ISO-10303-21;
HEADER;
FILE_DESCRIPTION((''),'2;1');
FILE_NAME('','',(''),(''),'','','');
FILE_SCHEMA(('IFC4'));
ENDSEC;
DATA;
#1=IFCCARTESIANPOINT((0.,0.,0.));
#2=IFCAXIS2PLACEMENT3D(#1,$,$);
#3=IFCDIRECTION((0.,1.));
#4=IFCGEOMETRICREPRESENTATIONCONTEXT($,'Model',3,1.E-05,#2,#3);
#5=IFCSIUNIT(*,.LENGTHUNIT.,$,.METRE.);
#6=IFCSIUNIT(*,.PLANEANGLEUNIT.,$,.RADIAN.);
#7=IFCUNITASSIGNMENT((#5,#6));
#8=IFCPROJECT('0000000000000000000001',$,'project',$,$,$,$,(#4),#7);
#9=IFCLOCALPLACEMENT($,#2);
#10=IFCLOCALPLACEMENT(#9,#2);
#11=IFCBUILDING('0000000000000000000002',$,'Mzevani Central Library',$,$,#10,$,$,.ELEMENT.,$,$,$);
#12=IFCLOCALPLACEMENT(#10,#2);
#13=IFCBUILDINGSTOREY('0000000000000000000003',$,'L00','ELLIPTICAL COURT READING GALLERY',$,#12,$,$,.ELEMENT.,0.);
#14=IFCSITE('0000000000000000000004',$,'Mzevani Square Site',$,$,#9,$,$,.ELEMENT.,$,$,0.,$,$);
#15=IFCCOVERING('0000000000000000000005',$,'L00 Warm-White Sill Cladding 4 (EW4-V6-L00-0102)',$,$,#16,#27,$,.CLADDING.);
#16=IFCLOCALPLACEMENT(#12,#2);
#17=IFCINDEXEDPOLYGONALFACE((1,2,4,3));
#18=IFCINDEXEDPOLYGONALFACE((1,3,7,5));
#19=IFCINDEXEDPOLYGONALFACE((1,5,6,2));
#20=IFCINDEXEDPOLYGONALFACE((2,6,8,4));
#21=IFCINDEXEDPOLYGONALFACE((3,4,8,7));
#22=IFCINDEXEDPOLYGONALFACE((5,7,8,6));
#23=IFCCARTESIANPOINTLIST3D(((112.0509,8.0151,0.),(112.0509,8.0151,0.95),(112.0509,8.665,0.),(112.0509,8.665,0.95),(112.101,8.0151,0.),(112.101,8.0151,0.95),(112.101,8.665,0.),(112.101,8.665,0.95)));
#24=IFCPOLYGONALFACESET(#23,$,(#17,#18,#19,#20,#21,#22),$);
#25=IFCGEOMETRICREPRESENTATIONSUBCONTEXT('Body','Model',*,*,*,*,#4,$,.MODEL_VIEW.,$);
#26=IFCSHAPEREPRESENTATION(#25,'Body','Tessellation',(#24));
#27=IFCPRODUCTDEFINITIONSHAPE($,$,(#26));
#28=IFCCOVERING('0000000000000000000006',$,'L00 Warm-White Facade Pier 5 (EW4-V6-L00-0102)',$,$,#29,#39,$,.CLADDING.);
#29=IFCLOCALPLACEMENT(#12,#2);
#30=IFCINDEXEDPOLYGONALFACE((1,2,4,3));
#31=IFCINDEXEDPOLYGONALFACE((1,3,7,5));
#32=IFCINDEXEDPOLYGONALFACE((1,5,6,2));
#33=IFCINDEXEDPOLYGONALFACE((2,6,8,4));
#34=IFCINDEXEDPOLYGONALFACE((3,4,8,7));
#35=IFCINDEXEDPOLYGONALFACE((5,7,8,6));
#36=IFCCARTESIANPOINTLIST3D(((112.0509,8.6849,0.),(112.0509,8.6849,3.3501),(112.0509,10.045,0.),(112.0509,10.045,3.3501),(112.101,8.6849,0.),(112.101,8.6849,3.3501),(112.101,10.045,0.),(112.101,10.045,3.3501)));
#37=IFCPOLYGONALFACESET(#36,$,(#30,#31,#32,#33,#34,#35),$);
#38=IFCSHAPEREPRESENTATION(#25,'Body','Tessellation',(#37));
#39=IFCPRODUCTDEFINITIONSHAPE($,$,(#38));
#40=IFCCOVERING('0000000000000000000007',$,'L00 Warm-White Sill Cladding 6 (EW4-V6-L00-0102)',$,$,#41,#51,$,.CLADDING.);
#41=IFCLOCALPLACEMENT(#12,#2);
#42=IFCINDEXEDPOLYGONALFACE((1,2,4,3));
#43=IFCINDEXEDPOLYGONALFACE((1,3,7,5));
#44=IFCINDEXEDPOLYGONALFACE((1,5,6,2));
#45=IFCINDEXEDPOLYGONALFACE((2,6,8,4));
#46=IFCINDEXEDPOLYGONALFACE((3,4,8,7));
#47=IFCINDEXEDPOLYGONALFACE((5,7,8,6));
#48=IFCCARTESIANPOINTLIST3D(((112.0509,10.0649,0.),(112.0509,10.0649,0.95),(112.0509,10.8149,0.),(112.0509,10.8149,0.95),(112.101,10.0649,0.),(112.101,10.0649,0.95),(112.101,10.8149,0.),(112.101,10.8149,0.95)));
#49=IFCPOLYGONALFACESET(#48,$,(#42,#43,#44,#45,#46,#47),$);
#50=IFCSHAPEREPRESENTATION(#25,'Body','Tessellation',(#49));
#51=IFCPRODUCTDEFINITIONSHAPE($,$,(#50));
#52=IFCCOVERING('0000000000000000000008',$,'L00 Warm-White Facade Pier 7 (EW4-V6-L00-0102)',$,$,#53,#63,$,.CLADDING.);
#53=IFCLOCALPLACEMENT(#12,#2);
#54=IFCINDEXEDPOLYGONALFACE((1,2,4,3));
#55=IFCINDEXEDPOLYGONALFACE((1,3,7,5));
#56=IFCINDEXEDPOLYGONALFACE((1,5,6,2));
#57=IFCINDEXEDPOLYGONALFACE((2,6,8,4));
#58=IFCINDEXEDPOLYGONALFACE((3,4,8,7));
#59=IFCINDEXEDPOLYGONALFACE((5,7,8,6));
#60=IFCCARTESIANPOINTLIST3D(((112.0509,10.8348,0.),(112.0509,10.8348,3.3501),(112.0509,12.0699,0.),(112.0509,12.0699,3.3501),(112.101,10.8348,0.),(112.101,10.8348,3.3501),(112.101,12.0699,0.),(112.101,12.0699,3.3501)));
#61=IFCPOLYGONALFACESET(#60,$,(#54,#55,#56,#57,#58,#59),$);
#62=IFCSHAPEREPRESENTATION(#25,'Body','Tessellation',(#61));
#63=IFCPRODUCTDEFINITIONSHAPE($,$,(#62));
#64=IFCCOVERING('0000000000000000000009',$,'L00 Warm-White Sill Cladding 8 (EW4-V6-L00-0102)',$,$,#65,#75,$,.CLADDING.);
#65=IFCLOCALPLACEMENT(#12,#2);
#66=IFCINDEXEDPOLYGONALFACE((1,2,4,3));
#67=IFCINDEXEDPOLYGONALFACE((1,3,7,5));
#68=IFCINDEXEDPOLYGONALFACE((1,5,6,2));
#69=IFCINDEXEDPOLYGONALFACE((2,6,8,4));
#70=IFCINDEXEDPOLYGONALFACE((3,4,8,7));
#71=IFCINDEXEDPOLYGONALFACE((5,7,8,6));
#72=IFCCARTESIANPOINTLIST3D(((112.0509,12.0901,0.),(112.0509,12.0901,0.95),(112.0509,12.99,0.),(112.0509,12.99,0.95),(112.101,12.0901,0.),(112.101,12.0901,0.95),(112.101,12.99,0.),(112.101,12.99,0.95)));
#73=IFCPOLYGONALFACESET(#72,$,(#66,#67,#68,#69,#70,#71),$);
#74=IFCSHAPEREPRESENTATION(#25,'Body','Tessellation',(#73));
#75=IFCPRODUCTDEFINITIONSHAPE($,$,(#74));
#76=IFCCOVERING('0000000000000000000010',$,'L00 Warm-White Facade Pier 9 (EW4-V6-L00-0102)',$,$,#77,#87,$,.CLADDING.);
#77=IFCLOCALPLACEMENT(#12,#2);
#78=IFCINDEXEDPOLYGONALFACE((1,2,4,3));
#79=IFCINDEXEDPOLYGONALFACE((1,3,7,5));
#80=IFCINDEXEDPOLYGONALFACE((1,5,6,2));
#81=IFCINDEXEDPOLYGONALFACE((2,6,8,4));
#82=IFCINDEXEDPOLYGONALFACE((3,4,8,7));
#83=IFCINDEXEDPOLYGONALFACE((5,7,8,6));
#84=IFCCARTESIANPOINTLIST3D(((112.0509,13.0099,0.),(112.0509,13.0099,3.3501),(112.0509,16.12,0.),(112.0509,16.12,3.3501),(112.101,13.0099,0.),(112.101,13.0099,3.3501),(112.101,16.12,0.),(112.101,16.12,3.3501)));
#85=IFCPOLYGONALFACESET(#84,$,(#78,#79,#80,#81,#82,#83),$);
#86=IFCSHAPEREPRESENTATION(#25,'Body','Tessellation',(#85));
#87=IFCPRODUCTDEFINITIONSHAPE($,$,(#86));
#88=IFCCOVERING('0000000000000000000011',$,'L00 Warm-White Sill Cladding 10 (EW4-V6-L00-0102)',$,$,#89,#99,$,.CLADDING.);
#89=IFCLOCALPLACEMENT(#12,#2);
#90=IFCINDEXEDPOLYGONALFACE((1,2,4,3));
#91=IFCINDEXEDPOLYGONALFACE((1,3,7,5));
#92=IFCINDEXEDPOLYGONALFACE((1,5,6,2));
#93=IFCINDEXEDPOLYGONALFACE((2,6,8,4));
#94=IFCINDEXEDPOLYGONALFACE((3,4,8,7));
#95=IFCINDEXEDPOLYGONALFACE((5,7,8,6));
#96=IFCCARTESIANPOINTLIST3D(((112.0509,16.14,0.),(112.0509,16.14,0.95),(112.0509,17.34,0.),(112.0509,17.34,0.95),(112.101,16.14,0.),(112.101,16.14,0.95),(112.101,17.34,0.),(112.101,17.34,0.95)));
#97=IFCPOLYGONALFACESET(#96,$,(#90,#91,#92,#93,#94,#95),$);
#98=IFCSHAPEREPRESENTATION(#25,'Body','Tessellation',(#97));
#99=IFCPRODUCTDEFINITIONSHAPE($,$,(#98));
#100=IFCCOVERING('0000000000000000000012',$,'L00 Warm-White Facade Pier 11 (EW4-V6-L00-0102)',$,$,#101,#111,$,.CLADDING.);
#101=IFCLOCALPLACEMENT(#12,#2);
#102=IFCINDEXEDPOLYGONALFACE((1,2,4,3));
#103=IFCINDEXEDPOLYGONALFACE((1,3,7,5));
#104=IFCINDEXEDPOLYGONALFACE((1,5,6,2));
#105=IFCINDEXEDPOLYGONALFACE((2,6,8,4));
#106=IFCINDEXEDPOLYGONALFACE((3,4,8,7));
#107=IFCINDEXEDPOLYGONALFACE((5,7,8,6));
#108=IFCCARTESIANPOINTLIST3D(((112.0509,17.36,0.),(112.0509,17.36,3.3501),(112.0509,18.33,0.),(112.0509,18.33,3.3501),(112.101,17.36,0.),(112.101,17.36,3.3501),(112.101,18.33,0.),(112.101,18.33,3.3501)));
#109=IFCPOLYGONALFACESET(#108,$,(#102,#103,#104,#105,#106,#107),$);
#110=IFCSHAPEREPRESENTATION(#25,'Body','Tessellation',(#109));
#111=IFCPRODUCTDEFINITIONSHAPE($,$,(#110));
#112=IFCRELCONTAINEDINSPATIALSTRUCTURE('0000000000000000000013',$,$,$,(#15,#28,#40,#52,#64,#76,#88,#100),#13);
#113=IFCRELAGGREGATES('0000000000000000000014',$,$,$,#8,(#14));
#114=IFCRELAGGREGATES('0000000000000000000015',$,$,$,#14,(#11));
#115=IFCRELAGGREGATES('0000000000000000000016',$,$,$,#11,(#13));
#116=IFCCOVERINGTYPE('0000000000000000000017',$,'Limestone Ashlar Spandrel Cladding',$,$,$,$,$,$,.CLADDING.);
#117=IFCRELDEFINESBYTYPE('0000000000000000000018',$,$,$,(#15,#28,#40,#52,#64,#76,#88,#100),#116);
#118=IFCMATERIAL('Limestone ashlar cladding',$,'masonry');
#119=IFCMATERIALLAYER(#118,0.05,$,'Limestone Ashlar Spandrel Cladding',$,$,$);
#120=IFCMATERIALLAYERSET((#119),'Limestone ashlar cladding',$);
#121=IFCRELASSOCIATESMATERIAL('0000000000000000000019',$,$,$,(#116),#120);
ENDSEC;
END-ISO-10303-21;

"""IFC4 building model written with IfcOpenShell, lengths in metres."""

from ifc_helpers import new_model, si_unit, direction, frame, origin, origin_2d, place, context, subcontext, project, spatial, rectangle, extrude, material, layer, layer_set, type_object, element, save


model = new_model("IFC4")

# Units and contexts
model_context = context("Model", 3, precision=1e-05, world=origin(), true_north=direction((0.0, 1.0)))
body_context = subcontext(model_context, "Body", "Model", "MODEL_VIEW")
ifc_project = project(units=[si_unit("LENGTHUNIT", "METRE"), si_unit("PLANEANGLEUNIT", "RADIAN")], contexts=[model_context])

# Site, building, storey
site_placement = place(None, origin())
site = spatial("IfcSite", under=ifc_project, at=site_placement, Name="Mzevani Square Site", CompositionType="ELEMENT", RefElevation=0.0)
building_placement = place(site_placement, origin())
building = spatial("IfcBuilding", under=site, at=building_placement, Name="Mzevani Central Library", CompositionType="ELEMENT")
storey_placement = place(building_placement, origin())
storey = spatial("IfcBuildingStorey", under=building, at=storey_placement, Name="L00", Description="ELLIPTICAL COURT READING GALLERY", CompositionType="ELEMENT", Elevation=0.0)

# Coverings
ifc_material = material(Name="Limestone ashlar cladding", Category="masonry")
ifc_layer = layer(ifc_material, 0.05, Name="Limestone Ashlar Spandrel Cladding")
ifc_layer_set = layer_set([ifc_layer], Name="Limestone ashlar cladding")
covering_type = type_object("IfcCoveringType", Name="Limestone Ashlar Spandrel Cladding", PredefinedType="CLADDING", material=ifc_layer_set)
covering_1_placement = place(storey_placement, frame((112.0759, 8.3401, 0.0), z_axis=(0.0, 0.0, 1.0), x_axis=(0.0, 1.0, 0.0)))
element("IfcCovering", 1, at=covering_1_placement, inside=storey, type_object=covering_type, Name="L00 Warm-White Sill Cladding 4 (EW4-V6-L00-0102)", PredefinedType="CLADDING", context=body_context, shape_type="SweptSolid", body=[
    extrude(rectangle(XDim=0.6499, YDim=0.05, at=origin_2d()), origin(), (0.0, 0.0, 1.0), 0.95),
])
covering_2_placement = place(storey_placement, frame((112.0759, 9.365, 0.0), z_axis=(0.0, 0.0, 1.0), x_axis=(0.0, 1.0, 0.0)))
element("IfcCovering", 2, at=covering_2_placement, inside=storey, type_object=covering_type, Name="L00 Warm-White Facade Pier 5 (EW4-V6-L00-0102)", PredefinedType="CLADDING", context=body_context, shape_type="SweptSolid", body=[
    extrude(rectangle(XDim=1.3601, YDim=0.05, at=origin_2d()), origin(), (0.0, 0.0, 1.0), 3.3501),
])
covering_3_placement = place(storey_placement, frame((112.0759, 10.4399, 0.0), z_axis=(0.0, 0.0, 1.0), x_axis=(0.0, 1.0, 0.0)))
element("IfcCovering", 3, at=covering_3_placement, inside=storey, type_object=covering_type, Name="L00 Warm-White Sill Cladding 6 (EW4-V6-L00-0102)", PredefinedType="CLADDING", context=body_context, shape_type="SweptSolid", body=[
    extrude(rectangle(XDim=0.75, YDim=0.05, at=origin_2d()), origin(), (0.0, 0.0, 1.0), 0.95),
])
covering_4_placement = place(storey_placement, frame((112.0759, 11.4524, 0.0), z_axis=(0.0, 0.0, 1.0), x_axis=(0.0, 1.0, 0.0)))
element("IfcCovering", 4, at=covering_4_placement, inside=storey, type_object=covering_type, Name="L00 Warm-White Facade Pier 7 (EW4-V6-L00-0102)", PredefinedType="CLADDING", context=body_context, shape_type="SweptSolid", body=[
    extrude(rectangle(XDim=1.2351, YDim=0.05, at=origin_2d()), origin(), (0.0, 0.0, 1.0), 3.3501),
])
covering_5_placement = place(storey_placement, frame((112.0759, 12.54, 0.0), z_axis=(0.0, 0.0, 1.0), x_axis=(0.0, 1.0, 0.0)))
element("IfcCovering", 5, at=covering_5_placement, inside=storey, type_object=covering_type, Name="L00 Warm-White Sill Cladding 8 (EW4-V6-L00-0102)", PredefinedType="CLADDING", context=body_context, shape_type="SweptSolid", body=[
    extrude(rectangle(XDim=0.8999, YDim=0.05, at=origin_2d()), origin(), (0.0, 0.0, 1.0), 0.95),
])
covering_6_placement = place(storey_placement, frame((112.0759, 14.5649, 0.0), z_axis=(0.0, 0.0, 1.0), x_axis=(0.0, 1.0, 0.0)))
element("IfcCovering", 6, at=covering_6_placement, inside=storey, type_object=covering_type, Name="L00 Warm-White Facade Pier 9 (EW4-V6-L00-0102)", PredefinedType="CLADDING", context=body_context, shape_type="SweptSolid", body=[
    extrude(rectangle(XDim=3.1101, YDim=0.05, at=origin_2d()), origin(), (0.0, 0.0, 1.0), 3.3501),
])
covering_7_placement = place(storey_placement, frame((112.0759, 16.74, 0.0), z_axis=(0.0, 0.0, 1.0), x_axis=(0.0, 1.0, 0.0)))
element("IfcCovering", 7, at=covering_7_placement, inside=storey, type_object=covering_type, Name="L00 Warm-White Sill Cladding 10 (EW4-V6-L00-0102)", PredefinedType="CLADDING", context=body_context, shape_type="SweptSolid", body=[
    extrude(rectangle(XDim=1.2, YDim=0.05, at=origin_2d()), origin(), (0.0, 0.0, 1.0), 0.95),
])
covering_8_placement = place(storey_placement, frame((112.0759, 17.845, 0.0), z_axis=(0.0, 0.0, 1.0), x_axis=(0.0, 1.0, 0.0)))
element("IfcCovering", 8, at=covering_8_placement, inside=storey, type_object=covering_type, Name="L00 Warm-White Facade Pier 11 (EW4-V6-L00-0102)", PredefinedType="CLADDING", context=body_context, shape_type="SweptSolid", body=[
    extrude(rectangle(XDim=0.97, YDim=0.05, at=origin_2d()), origin(), (0.0, 0.0, 1.0), 3.3501),
])

save(model, "model.ifc")
